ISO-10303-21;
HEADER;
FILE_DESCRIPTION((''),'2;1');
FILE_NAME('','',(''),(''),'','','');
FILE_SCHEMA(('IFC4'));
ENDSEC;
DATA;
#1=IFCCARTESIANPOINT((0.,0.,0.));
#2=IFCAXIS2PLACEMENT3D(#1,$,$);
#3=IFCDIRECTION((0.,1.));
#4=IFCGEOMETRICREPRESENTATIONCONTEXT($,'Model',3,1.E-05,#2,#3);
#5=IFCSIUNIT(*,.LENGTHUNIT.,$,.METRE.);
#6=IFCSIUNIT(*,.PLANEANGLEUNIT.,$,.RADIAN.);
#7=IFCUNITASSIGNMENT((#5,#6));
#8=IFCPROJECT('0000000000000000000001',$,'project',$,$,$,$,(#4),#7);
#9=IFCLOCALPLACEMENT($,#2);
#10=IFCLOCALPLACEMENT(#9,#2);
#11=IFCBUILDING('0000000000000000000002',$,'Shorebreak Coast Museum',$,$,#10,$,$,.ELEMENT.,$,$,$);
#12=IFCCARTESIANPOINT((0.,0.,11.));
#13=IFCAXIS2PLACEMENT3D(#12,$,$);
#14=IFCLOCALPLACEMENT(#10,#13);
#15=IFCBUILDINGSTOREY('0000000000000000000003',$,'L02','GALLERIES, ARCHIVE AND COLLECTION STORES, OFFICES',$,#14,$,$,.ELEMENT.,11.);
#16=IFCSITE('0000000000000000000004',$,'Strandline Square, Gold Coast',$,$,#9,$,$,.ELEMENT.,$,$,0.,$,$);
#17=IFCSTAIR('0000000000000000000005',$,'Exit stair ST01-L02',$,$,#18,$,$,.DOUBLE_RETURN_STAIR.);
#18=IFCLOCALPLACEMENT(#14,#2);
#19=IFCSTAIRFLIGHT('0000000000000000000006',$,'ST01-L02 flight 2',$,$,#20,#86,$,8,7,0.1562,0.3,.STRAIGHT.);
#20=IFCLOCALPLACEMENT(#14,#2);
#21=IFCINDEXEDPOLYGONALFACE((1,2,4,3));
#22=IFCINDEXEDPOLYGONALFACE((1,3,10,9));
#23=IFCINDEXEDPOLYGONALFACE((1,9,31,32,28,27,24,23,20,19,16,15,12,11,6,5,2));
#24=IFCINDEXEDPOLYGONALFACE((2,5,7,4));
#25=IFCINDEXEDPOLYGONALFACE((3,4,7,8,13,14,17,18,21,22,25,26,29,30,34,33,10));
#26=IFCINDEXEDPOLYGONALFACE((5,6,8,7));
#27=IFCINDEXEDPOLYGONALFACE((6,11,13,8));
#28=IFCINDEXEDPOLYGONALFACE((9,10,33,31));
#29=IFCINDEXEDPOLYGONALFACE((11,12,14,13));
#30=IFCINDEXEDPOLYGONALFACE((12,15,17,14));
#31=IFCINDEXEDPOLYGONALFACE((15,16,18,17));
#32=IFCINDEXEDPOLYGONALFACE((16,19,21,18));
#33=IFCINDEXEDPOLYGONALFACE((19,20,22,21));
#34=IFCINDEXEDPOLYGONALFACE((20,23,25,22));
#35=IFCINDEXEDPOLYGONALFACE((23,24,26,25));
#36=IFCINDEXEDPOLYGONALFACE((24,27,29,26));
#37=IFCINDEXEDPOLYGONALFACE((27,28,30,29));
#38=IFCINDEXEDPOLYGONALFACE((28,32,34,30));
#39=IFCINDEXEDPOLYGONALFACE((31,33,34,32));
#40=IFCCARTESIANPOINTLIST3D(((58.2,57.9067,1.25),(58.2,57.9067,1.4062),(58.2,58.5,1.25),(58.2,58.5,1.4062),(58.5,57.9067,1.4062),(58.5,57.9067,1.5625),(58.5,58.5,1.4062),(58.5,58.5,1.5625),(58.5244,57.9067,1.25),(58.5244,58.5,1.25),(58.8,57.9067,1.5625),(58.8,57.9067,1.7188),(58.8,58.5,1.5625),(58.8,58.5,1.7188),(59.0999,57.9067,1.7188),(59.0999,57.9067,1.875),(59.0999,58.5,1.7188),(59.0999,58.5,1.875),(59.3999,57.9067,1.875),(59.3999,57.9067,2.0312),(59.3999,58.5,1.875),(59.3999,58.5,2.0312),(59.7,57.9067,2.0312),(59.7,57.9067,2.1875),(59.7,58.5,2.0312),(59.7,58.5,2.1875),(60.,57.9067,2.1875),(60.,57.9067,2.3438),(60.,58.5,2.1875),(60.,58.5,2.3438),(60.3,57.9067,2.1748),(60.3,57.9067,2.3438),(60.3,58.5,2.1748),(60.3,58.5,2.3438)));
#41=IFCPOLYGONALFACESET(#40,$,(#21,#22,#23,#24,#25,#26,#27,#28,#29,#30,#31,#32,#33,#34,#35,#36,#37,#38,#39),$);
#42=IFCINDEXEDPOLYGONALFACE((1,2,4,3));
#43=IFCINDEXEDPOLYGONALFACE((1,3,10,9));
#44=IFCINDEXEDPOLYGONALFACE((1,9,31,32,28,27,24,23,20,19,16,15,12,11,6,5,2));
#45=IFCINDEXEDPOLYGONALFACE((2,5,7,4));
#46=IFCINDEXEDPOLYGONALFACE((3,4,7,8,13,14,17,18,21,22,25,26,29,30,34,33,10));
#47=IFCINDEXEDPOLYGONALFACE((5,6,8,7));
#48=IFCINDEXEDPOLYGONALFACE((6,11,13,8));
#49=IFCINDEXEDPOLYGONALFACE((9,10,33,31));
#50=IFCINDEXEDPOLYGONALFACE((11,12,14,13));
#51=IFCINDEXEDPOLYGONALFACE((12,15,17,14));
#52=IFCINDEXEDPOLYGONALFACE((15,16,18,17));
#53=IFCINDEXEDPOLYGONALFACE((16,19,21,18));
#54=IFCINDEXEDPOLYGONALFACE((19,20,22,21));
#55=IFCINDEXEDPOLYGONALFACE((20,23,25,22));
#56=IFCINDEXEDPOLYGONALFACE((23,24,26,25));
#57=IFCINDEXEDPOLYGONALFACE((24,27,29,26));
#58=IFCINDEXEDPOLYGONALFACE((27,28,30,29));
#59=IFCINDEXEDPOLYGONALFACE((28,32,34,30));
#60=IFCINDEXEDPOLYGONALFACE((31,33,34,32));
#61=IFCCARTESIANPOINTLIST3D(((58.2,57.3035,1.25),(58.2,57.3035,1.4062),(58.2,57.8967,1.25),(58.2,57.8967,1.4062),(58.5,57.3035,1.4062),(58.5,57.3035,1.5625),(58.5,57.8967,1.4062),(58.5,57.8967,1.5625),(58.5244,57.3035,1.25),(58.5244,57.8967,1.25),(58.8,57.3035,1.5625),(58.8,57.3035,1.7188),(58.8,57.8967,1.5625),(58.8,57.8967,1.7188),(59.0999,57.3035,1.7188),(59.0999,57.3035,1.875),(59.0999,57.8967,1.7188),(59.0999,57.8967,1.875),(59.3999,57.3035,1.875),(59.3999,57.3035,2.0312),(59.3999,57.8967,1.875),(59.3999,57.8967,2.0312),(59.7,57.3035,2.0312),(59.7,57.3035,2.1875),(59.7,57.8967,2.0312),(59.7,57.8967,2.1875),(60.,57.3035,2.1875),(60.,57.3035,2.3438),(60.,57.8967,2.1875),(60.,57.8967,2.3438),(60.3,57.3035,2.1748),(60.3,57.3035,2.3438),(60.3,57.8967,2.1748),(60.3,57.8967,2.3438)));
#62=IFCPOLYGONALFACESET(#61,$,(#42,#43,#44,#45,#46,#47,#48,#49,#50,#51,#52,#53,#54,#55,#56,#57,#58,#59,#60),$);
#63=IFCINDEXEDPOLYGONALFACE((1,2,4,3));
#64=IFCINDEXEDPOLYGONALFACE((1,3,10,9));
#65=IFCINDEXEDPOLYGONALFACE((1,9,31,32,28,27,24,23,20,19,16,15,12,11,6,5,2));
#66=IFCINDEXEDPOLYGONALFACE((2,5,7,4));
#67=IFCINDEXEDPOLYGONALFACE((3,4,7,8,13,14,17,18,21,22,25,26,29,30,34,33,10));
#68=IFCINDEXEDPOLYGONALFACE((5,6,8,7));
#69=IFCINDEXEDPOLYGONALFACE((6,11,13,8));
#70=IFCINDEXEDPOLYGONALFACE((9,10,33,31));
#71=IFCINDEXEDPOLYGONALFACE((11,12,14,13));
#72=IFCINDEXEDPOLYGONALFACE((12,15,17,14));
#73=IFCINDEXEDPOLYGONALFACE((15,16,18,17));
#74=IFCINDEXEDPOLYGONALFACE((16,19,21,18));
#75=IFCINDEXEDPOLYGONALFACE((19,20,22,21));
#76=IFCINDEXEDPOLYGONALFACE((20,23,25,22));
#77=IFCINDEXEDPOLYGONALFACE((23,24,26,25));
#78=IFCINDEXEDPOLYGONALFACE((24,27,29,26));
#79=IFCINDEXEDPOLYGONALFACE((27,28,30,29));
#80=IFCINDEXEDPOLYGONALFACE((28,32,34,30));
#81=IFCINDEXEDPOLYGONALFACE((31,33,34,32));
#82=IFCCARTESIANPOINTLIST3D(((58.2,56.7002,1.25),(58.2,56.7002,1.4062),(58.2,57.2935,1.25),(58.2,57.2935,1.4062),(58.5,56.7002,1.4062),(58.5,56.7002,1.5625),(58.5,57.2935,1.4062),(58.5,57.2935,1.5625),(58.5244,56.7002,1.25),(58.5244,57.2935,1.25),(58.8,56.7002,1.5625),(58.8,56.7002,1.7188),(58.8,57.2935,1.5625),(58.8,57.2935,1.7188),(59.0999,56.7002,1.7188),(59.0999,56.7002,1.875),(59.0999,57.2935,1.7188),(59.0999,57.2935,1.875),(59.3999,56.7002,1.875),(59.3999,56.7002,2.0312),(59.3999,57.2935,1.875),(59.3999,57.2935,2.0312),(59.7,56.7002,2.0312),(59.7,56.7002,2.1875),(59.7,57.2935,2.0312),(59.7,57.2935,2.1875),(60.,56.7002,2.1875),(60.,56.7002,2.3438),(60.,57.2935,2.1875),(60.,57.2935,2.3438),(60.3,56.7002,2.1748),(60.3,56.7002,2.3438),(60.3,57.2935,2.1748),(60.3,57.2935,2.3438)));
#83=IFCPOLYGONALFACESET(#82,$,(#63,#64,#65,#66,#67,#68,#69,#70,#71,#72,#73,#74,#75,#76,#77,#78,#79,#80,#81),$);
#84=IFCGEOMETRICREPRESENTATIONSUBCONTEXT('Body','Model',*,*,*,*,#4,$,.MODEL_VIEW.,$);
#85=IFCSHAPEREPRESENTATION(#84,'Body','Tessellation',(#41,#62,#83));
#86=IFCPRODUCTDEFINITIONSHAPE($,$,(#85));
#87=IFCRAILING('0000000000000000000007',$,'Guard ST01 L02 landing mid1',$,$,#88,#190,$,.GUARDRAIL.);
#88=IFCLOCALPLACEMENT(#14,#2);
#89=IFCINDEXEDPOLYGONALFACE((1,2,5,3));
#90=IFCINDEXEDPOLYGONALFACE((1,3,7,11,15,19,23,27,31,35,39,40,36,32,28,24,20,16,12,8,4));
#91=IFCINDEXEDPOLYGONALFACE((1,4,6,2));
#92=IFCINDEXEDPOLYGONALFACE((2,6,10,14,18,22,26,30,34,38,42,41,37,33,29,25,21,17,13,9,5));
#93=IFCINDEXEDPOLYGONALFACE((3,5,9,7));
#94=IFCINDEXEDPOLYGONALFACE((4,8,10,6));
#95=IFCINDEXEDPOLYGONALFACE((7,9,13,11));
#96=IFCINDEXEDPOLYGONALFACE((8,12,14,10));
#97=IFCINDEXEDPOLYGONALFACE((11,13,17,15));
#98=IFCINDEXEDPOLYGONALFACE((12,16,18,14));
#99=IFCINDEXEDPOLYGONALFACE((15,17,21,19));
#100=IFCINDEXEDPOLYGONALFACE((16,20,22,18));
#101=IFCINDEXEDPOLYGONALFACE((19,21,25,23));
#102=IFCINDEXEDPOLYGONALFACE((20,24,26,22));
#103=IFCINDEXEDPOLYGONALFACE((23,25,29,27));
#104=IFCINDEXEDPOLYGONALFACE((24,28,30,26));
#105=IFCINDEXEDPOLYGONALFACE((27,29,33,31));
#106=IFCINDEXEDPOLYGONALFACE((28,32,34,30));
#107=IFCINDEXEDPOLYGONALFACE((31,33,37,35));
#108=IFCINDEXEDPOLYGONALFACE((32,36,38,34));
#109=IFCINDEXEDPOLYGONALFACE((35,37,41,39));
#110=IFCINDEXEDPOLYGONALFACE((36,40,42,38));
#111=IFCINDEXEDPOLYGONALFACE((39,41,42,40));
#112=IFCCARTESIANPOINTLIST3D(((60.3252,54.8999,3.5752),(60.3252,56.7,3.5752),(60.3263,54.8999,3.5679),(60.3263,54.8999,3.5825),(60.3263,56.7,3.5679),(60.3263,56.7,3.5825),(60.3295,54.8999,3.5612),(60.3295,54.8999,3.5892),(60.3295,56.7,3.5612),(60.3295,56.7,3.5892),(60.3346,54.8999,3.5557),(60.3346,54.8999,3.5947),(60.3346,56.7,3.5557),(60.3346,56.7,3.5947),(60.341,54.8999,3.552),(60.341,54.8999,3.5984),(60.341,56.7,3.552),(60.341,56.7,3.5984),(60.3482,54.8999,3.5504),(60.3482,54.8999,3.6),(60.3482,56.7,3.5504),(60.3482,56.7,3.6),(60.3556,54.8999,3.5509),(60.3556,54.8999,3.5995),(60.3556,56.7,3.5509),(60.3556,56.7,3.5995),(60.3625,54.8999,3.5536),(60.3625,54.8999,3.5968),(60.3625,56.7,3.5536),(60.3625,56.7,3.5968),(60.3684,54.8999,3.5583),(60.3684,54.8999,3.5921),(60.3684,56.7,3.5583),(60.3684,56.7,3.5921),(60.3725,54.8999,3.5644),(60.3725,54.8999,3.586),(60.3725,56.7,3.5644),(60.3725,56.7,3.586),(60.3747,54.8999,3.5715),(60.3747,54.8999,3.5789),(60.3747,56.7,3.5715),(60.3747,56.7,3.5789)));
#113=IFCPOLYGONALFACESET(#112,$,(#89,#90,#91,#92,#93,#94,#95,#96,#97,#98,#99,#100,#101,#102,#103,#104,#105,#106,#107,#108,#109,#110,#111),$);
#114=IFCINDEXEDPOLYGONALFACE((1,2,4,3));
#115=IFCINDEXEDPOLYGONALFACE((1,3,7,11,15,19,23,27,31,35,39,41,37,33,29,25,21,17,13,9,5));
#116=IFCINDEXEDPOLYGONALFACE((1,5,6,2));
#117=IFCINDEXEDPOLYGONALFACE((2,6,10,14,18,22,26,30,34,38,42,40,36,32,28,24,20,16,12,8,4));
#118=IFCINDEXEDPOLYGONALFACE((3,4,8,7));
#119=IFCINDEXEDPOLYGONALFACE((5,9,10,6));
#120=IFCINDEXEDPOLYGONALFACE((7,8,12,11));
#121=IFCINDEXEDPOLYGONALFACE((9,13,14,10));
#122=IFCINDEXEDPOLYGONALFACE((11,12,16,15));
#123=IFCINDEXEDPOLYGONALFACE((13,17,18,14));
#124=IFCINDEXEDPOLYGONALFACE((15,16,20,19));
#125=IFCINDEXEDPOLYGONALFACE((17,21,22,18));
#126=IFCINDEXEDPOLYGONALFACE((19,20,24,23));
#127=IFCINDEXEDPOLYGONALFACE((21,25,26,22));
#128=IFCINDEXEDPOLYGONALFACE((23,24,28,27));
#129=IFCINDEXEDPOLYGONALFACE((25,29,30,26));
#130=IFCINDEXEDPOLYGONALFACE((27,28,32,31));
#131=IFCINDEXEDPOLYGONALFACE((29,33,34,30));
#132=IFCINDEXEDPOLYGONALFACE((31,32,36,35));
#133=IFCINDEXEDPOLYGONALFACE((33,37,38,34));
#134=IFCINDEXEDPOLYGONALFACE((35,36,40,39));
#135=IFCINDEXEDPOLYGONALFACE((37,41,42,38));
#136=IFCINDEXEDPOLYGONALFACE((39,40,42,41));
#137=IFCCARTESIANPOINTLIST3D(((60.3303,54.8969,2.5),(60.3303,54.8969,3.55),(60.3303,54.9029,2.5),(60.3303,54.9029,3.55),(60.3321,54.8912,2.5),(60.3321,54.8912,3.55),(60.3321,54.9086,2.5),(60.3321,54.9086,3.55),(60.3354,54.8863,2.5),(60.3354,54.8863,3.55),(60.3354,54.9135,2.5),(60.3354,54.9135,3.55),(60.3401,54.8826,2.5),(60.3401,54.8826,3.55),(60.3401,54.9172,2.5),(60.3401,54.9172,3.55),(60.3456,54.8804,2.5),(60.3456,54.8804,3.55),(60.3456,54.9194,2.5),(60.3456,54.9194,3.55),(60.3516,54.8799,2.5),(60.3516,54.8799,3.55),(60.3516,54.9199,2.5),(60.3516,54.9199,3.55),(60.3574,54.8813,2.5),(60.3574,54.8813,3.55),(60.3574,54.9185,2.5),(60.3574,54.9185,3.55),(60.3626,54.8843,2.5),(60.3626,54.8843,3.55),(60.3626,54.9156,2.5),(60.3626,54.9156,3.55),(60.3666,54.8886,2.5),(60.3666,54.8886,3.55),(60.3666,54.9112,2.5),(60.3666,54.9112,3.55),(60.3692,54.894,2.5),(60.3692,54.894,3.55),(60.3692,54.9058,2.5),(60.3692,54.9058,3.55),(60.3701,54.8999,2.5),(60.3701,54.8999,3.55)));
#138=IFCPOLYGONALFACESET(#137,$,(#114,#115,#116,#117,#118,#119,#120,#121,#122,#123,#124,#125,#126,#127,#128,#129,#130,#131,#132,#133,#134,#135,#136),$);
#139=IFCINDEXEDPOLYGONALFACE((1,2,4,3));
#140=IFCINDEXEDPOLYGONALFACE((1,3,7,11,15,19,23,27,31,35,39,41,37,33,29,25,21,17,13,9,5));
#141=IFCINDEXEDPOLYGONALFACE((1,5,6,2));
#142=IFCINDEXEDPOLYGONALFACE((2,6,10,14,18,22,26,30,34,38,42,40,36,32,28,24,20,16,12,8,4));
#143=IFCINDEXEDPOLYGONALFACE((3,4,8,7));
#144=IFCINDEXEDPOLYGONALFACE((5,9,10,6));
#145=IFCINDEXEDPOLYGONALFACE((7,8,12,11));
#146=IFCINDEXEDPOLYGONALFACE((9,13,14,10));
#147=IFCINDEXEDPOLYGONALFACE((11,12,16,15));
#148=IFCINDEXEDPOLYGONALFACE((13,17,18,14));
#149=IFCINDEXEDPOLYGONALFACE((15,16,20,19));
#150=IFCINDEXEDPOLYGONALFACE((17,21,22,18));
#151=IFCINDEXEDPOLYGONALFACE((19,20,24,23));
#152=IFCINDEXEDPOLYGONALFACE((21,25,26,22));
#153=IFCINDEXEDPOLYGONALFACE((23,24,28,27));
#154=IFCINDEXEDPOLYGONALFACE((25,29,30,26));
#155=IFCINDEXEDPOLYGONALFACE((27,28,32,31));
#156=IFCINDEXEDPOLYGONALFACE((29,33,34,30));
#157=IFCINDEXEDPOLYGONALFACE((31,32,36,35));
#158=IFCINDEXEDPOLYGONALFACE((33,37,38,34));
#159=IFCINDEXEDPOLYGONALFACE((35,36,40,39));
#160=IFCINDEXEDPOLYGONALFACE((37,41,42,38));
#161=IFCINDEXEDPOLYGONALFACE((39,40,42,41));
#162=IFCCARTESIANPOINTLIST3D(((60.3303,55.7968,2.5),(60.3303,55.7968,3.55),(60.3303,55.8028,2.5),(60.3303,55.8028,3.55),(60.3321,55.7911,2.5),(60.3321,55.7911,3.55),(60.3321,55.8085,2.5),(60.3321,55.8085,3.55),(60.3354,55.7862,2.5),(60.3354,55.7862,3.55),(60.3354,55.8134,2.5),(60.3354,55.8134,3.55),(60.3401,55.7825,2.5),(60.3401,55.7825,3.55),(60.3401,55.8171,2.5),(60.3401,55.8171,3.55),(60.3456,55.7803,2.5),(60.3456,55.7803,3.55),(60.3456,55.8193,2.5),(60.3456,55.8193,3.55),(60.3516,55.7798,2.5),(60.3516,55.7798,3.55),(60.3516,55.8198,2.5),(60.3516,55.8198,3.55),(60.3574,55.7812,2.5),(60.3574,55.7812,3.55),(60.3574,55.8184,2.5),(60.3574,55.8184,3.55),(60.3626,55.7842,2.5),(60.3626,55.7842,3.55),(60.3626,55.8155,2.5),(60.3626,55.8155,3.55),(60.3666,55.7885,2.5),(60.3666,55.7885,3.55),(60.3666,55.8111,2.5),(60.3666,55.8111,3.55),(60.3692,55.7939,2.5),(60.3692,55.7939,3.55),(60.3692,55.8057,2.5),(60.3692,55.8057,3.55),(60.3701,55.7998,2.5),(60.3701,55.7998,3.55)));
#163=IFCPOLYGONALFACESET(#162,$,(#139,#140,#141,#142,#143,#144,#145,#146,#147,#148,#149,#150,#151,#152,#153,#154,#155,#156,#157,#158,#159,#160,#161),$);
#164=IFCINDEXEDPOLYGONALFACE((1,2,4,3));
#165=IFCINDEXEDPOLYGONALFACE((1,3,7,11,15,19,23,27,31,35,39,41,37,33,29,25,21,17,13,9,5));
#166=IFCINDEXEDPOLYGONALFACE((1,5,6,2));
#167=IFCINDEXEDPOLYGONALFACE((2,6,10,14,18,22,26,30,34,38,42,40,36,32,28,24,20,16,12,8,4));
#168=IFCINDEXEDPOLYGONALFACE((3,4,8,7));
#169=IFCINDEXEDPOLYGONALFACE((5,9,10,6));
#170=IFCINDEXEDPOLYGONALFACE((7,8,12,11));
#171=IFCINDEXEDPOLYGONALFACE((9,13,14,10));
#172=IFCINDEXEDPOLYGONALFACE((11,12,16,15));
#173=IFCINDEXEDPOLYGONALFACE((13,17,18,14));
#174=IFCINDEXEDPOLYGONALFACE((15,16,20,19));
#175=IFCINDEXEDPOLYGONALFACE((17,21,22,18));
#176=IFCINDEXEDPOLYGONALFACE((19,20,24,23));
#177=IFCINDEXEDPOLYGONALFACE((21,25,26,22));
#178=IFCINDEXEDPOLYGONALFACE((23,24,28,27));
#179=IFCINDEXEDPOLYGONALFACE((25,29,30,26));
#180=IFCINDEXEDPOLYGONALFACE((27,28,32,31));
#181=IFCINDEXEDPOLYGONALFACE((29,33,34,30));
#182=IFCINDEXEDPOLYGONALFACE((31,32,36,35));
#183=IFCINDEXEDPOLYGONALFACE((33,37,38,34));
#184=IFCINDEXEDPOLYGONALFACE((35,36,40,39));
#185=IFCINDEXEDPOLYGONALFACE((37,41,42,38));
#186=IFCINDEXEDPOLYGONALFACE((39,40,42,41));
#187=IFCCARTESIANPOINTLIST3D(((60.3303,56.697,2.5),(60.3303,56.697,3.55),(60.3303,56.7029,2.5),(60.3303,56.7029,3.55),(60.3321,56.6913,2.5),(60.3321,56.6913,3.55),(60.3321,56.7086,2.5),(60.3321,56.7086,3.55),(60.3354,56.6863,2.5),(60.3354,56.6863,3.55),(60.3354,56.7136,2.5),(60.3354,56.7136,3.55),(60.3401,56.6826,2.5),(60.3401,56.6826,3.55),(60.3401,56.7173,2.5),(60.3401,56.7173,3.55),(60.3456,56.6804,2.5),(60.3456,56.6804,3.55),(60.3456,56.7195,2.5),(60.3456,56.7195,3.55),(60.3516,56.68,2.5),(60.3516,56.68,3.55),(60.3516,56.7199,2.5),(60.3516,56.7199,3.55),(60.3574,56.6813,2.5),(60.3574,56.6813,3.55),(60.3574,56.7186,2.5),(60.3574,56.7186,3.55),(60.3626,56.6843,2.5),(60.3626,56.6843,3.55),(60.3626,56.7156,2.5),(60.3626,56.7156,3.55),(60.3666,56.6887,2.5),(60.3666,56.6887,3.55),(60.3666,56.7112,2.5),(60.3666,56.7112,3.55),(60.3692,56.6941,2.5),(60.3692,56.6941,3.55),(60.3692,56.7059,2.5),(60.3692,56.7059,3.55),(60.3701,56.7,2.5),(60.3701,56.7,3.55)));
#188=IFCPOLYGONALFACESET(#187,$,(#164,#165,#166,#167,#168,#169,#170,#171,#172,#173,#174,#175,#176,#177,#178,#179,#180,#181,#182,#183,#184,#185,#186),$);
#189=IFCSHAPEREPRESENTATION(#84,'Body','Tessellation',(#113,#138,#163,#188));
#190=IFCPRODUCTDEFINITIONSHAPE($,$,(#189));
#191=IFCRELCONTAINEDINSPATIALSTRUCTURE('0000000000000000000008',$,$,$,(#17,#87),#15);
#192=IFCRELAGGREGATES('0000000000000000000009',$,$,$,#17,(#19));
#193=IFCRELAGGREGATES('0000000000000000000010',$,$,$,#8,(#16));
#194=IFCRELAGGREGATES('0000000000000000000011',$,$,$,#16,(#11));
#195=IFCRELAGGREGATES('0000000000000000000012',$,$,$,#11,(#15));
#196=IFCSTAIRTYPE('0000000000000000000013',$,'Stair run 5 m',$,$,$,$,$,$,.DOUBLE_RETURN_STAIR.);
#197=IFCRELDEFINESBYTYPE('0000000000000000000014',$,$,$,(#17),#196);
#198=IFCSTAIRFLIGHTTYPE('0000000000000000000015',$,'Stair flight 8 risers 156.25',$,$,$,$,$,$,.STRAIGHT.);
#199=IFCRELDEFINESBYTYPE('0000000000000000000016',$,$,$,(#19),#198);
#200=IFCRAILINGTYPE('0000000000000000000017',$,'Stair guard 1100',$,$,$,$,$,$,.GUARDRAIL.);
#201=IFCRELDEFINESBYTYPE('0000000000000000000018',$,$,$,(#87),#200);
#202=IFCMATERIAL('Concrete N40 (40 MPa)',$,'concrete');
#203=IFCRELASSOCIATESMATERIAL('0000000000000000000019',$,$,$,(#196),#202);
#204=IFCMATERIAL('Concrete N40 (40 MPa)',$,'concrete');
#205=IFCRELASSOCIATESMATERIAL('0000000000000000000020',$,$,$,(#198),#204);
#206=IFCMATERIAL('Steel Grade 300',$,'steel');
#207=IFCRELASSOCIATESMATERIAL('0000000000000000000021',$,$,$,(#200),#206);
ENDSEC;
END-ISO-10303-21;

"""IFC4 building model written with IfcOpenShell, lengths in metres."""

from ifc_helpers import new_model, si_unit, direction, frame, origin, origin_2d, place, context, subcontext, project, spatial, polyline, circle, outline, extrude, material, type_object, element, aggregate, save


model = new_model("IFC4")

# Units and contexts
model_context = context("Model", 3, precision=1e-05, world=origin(), true_north=direction((0.0, 1.0)))
body_context = subcontext(model_context, "Body", "Model", "MODEL_VIEW")
ifc_project = project(units=[si_unit("LENGTHUNIT", "METRE"), si_unit("PLANEANGLEUNIT", "RADIAN")], contexts=[model_context])

# Site, building, storey
site_placement = place(None, origin())
site = spatial("IfcSite", under=ifc_project, at=site_placement, Name="Strandline Square, Gold Coast", CompositionType="ELEMENT", RefElevation=0.0)
building_placement = place(site_placement, origin())
building = spatial("IfcBuilding", under=site, at=building_placement, Name="Shorebreak Coast Museum", CompositionType="ELEMENT")
storey_placement = place(building_placement, frame((0.0, 0.0, 11.0)))
storey = spatial("IfcBuildingStorey", under=building, at=storey_placement, Name="L02", Description="GALLERIES, ARCHIVE AND COLLECTION STORES, OFFICES", CompositionType="ELEMENT", Elevation=11.0)

# Stair, stair flight
ifc_material_1 = material(Name="Concrete N40 (40 MPa)", Category="concrete")
stair_type = type_object("IfcStairType", Name="Stair run 5 m", PredefinedType="DOUBLE_RETURN_STAIR", material=ifc_material_1)
stair_placement = place(storey_placement, origin())
stair = element("IfcStair", 1, at=stair_placement, inside=storey, type_object=stair_type, Name="Exit stair ST01-L02", PredefinedType="DOUBLE_RETURN_STAIR")
ifc_material_2 = material(Name="Concrete N40 (40 MPa)", Category="concrete")
stair_flight_type = type_object("IfcStairFlightType", Name="Stair flight 8 risers 156.25", PredefinedType="STRAIGHT", material=ifc_material_2)
stair_flight_1_placement = place(storey_placement, frame((58.2, 57.6001, 1.25), z_axis=(0.0, 0.0, 1.0), x_axis=(1.0, 0.0, 0.0)))
stair_flight_1 = element("IfcStairFlight", 2, at=stair_flight_1_placement, type_object=stair_flight_type, Name="ST01-L02 flight 2", NumberOfRisers=8, NumberOfTreads=7, PredefinedType="STRAIGHT", RiserHeight=0.1562, TreadLength=0.3, context=body_context, shape_type="SweptSolid", body=[
    extrude(outline(polyline([(0.0, 0.0), (0.0, 0.1562), (0.3, 0.1562), (0.3, 0.3125), (0.6001, 0.3125), (0.6001, 0.4688), (0.8999, 0.4688), (0.8999, 0.625), (1.2, 0.625), (1.2, 0.7812), (1.5, 0.7812), (1.5, 0.9375), (1.8, 0.9375), (1.8, 1.0938), (2.1001, 1.0938), (2.1001, 1.25), (2.1001, 0.9248), (0.3245, 0.0), (0.0, 0.0)])), frame((0.0, 0.8999, 0.0), z_axis=(0.0, -1.0, 0.0), x_axis=(1.0, 0.0, 0.0)), (0.0, 0.0, 1.0), 0.5933),
    extrude(outline(polyline([(0.0, 0.0), (0.0, 0.1562), (0.3, 0.1562), (0.3, 0.3125), (0.6001, 0.3125), (0.6001, 0.4688), (0.8999, 0.4688), (0.8999, 0.625), (1.2, 0.625), (1.2, 0.7812), (1.5, 0.7812), (1.5, 0.9375), (1.8, 0.9375), (1.8, 1.0938), (2.1001, 1.0938), (2.1001, 1.25), (2.1001, 0.9248), (0.3245, 0.0), (0.0, 0.0)])), frame((0.0, 0.2966, 0.0), z_axis=(0.0, -1.0, 0.0), x_axis=(1.0, 0.0, 0.0)), (0.0, 0.0, 1.0), 0.5933),
    extrude(outline(polyline([(0.0, 0.0), (0.0, 0.1562), (0.3, 0.1562), (0.3, 0.3125), (0.6001, 0.3125), (0.6001, 0.4688), (0.8999, 0.4688), (0.8999, 0.625), (1.2, 0.625), (1.2, 0.7812), (1.5, 0.7812), (1.5, 0.9375), (1.8, 0.9375), (1.8, 1.0938), (2.1001, 1.0938), (2.1001, 1.25), (2.1001, 0.9248), (0.3245, 0.0), (0.0, 0.0)])), frame((0.0, -0.3066, 0.0), z_axis=(0.0, -1.0, 0.0), x_axis=(1.0, 0.0, 0.0)), (0.0, 0.0, 1.0), 0.5933),
])
aggregate(stair, [stair_flight_1])

# Railing
ifc_material_3 = material(Name="Steel Grade 300", Category="steel")
railing_type_1 = type_object("IfcRailingType", Name="Stair guard 1100", PredefinedType="GUARDRAIL", material=ifc_material_3)
railing_1_placement = place(storey_placement, frame((60.3501, 54.8999, 2.5)))
element("IfcRailing", 3, at=railing_1_placement, inside=storey, type_object=railing_type_1, Name="Guard ST01 L02 landing mid1", PredefinedType="GUARDRAIL", context=body_context, shape_type="SweptSolid", body=[
    extrude(circle(Radius=0.0249, at=origin_2d()), frame((0.0, 0.0, 1.0752), z_axis=(0.0, 1.0, 0.0), x_axis=(-1.0, 0.0, 0.0)), (0.0, 0.0, 1.0), 1.8),
    extrude(circle(Radius=0.02, at=origin_2d()), origin(), (0.0, 0.0, 1.0), 1.05),
    extrude(circle(Radius=0.02, at=origin_2d()), frame((0.0, 0.8999, 0.0)), (0.0, 0.0, 1.0), 1.05),
    extrude(circle(Radius=0.02, at=origin_2d()), frame((0.0, 1.8, 0.0)), (0.0, 0.0, 1.0), 1.05),
])

save(model, "model.ifc")
